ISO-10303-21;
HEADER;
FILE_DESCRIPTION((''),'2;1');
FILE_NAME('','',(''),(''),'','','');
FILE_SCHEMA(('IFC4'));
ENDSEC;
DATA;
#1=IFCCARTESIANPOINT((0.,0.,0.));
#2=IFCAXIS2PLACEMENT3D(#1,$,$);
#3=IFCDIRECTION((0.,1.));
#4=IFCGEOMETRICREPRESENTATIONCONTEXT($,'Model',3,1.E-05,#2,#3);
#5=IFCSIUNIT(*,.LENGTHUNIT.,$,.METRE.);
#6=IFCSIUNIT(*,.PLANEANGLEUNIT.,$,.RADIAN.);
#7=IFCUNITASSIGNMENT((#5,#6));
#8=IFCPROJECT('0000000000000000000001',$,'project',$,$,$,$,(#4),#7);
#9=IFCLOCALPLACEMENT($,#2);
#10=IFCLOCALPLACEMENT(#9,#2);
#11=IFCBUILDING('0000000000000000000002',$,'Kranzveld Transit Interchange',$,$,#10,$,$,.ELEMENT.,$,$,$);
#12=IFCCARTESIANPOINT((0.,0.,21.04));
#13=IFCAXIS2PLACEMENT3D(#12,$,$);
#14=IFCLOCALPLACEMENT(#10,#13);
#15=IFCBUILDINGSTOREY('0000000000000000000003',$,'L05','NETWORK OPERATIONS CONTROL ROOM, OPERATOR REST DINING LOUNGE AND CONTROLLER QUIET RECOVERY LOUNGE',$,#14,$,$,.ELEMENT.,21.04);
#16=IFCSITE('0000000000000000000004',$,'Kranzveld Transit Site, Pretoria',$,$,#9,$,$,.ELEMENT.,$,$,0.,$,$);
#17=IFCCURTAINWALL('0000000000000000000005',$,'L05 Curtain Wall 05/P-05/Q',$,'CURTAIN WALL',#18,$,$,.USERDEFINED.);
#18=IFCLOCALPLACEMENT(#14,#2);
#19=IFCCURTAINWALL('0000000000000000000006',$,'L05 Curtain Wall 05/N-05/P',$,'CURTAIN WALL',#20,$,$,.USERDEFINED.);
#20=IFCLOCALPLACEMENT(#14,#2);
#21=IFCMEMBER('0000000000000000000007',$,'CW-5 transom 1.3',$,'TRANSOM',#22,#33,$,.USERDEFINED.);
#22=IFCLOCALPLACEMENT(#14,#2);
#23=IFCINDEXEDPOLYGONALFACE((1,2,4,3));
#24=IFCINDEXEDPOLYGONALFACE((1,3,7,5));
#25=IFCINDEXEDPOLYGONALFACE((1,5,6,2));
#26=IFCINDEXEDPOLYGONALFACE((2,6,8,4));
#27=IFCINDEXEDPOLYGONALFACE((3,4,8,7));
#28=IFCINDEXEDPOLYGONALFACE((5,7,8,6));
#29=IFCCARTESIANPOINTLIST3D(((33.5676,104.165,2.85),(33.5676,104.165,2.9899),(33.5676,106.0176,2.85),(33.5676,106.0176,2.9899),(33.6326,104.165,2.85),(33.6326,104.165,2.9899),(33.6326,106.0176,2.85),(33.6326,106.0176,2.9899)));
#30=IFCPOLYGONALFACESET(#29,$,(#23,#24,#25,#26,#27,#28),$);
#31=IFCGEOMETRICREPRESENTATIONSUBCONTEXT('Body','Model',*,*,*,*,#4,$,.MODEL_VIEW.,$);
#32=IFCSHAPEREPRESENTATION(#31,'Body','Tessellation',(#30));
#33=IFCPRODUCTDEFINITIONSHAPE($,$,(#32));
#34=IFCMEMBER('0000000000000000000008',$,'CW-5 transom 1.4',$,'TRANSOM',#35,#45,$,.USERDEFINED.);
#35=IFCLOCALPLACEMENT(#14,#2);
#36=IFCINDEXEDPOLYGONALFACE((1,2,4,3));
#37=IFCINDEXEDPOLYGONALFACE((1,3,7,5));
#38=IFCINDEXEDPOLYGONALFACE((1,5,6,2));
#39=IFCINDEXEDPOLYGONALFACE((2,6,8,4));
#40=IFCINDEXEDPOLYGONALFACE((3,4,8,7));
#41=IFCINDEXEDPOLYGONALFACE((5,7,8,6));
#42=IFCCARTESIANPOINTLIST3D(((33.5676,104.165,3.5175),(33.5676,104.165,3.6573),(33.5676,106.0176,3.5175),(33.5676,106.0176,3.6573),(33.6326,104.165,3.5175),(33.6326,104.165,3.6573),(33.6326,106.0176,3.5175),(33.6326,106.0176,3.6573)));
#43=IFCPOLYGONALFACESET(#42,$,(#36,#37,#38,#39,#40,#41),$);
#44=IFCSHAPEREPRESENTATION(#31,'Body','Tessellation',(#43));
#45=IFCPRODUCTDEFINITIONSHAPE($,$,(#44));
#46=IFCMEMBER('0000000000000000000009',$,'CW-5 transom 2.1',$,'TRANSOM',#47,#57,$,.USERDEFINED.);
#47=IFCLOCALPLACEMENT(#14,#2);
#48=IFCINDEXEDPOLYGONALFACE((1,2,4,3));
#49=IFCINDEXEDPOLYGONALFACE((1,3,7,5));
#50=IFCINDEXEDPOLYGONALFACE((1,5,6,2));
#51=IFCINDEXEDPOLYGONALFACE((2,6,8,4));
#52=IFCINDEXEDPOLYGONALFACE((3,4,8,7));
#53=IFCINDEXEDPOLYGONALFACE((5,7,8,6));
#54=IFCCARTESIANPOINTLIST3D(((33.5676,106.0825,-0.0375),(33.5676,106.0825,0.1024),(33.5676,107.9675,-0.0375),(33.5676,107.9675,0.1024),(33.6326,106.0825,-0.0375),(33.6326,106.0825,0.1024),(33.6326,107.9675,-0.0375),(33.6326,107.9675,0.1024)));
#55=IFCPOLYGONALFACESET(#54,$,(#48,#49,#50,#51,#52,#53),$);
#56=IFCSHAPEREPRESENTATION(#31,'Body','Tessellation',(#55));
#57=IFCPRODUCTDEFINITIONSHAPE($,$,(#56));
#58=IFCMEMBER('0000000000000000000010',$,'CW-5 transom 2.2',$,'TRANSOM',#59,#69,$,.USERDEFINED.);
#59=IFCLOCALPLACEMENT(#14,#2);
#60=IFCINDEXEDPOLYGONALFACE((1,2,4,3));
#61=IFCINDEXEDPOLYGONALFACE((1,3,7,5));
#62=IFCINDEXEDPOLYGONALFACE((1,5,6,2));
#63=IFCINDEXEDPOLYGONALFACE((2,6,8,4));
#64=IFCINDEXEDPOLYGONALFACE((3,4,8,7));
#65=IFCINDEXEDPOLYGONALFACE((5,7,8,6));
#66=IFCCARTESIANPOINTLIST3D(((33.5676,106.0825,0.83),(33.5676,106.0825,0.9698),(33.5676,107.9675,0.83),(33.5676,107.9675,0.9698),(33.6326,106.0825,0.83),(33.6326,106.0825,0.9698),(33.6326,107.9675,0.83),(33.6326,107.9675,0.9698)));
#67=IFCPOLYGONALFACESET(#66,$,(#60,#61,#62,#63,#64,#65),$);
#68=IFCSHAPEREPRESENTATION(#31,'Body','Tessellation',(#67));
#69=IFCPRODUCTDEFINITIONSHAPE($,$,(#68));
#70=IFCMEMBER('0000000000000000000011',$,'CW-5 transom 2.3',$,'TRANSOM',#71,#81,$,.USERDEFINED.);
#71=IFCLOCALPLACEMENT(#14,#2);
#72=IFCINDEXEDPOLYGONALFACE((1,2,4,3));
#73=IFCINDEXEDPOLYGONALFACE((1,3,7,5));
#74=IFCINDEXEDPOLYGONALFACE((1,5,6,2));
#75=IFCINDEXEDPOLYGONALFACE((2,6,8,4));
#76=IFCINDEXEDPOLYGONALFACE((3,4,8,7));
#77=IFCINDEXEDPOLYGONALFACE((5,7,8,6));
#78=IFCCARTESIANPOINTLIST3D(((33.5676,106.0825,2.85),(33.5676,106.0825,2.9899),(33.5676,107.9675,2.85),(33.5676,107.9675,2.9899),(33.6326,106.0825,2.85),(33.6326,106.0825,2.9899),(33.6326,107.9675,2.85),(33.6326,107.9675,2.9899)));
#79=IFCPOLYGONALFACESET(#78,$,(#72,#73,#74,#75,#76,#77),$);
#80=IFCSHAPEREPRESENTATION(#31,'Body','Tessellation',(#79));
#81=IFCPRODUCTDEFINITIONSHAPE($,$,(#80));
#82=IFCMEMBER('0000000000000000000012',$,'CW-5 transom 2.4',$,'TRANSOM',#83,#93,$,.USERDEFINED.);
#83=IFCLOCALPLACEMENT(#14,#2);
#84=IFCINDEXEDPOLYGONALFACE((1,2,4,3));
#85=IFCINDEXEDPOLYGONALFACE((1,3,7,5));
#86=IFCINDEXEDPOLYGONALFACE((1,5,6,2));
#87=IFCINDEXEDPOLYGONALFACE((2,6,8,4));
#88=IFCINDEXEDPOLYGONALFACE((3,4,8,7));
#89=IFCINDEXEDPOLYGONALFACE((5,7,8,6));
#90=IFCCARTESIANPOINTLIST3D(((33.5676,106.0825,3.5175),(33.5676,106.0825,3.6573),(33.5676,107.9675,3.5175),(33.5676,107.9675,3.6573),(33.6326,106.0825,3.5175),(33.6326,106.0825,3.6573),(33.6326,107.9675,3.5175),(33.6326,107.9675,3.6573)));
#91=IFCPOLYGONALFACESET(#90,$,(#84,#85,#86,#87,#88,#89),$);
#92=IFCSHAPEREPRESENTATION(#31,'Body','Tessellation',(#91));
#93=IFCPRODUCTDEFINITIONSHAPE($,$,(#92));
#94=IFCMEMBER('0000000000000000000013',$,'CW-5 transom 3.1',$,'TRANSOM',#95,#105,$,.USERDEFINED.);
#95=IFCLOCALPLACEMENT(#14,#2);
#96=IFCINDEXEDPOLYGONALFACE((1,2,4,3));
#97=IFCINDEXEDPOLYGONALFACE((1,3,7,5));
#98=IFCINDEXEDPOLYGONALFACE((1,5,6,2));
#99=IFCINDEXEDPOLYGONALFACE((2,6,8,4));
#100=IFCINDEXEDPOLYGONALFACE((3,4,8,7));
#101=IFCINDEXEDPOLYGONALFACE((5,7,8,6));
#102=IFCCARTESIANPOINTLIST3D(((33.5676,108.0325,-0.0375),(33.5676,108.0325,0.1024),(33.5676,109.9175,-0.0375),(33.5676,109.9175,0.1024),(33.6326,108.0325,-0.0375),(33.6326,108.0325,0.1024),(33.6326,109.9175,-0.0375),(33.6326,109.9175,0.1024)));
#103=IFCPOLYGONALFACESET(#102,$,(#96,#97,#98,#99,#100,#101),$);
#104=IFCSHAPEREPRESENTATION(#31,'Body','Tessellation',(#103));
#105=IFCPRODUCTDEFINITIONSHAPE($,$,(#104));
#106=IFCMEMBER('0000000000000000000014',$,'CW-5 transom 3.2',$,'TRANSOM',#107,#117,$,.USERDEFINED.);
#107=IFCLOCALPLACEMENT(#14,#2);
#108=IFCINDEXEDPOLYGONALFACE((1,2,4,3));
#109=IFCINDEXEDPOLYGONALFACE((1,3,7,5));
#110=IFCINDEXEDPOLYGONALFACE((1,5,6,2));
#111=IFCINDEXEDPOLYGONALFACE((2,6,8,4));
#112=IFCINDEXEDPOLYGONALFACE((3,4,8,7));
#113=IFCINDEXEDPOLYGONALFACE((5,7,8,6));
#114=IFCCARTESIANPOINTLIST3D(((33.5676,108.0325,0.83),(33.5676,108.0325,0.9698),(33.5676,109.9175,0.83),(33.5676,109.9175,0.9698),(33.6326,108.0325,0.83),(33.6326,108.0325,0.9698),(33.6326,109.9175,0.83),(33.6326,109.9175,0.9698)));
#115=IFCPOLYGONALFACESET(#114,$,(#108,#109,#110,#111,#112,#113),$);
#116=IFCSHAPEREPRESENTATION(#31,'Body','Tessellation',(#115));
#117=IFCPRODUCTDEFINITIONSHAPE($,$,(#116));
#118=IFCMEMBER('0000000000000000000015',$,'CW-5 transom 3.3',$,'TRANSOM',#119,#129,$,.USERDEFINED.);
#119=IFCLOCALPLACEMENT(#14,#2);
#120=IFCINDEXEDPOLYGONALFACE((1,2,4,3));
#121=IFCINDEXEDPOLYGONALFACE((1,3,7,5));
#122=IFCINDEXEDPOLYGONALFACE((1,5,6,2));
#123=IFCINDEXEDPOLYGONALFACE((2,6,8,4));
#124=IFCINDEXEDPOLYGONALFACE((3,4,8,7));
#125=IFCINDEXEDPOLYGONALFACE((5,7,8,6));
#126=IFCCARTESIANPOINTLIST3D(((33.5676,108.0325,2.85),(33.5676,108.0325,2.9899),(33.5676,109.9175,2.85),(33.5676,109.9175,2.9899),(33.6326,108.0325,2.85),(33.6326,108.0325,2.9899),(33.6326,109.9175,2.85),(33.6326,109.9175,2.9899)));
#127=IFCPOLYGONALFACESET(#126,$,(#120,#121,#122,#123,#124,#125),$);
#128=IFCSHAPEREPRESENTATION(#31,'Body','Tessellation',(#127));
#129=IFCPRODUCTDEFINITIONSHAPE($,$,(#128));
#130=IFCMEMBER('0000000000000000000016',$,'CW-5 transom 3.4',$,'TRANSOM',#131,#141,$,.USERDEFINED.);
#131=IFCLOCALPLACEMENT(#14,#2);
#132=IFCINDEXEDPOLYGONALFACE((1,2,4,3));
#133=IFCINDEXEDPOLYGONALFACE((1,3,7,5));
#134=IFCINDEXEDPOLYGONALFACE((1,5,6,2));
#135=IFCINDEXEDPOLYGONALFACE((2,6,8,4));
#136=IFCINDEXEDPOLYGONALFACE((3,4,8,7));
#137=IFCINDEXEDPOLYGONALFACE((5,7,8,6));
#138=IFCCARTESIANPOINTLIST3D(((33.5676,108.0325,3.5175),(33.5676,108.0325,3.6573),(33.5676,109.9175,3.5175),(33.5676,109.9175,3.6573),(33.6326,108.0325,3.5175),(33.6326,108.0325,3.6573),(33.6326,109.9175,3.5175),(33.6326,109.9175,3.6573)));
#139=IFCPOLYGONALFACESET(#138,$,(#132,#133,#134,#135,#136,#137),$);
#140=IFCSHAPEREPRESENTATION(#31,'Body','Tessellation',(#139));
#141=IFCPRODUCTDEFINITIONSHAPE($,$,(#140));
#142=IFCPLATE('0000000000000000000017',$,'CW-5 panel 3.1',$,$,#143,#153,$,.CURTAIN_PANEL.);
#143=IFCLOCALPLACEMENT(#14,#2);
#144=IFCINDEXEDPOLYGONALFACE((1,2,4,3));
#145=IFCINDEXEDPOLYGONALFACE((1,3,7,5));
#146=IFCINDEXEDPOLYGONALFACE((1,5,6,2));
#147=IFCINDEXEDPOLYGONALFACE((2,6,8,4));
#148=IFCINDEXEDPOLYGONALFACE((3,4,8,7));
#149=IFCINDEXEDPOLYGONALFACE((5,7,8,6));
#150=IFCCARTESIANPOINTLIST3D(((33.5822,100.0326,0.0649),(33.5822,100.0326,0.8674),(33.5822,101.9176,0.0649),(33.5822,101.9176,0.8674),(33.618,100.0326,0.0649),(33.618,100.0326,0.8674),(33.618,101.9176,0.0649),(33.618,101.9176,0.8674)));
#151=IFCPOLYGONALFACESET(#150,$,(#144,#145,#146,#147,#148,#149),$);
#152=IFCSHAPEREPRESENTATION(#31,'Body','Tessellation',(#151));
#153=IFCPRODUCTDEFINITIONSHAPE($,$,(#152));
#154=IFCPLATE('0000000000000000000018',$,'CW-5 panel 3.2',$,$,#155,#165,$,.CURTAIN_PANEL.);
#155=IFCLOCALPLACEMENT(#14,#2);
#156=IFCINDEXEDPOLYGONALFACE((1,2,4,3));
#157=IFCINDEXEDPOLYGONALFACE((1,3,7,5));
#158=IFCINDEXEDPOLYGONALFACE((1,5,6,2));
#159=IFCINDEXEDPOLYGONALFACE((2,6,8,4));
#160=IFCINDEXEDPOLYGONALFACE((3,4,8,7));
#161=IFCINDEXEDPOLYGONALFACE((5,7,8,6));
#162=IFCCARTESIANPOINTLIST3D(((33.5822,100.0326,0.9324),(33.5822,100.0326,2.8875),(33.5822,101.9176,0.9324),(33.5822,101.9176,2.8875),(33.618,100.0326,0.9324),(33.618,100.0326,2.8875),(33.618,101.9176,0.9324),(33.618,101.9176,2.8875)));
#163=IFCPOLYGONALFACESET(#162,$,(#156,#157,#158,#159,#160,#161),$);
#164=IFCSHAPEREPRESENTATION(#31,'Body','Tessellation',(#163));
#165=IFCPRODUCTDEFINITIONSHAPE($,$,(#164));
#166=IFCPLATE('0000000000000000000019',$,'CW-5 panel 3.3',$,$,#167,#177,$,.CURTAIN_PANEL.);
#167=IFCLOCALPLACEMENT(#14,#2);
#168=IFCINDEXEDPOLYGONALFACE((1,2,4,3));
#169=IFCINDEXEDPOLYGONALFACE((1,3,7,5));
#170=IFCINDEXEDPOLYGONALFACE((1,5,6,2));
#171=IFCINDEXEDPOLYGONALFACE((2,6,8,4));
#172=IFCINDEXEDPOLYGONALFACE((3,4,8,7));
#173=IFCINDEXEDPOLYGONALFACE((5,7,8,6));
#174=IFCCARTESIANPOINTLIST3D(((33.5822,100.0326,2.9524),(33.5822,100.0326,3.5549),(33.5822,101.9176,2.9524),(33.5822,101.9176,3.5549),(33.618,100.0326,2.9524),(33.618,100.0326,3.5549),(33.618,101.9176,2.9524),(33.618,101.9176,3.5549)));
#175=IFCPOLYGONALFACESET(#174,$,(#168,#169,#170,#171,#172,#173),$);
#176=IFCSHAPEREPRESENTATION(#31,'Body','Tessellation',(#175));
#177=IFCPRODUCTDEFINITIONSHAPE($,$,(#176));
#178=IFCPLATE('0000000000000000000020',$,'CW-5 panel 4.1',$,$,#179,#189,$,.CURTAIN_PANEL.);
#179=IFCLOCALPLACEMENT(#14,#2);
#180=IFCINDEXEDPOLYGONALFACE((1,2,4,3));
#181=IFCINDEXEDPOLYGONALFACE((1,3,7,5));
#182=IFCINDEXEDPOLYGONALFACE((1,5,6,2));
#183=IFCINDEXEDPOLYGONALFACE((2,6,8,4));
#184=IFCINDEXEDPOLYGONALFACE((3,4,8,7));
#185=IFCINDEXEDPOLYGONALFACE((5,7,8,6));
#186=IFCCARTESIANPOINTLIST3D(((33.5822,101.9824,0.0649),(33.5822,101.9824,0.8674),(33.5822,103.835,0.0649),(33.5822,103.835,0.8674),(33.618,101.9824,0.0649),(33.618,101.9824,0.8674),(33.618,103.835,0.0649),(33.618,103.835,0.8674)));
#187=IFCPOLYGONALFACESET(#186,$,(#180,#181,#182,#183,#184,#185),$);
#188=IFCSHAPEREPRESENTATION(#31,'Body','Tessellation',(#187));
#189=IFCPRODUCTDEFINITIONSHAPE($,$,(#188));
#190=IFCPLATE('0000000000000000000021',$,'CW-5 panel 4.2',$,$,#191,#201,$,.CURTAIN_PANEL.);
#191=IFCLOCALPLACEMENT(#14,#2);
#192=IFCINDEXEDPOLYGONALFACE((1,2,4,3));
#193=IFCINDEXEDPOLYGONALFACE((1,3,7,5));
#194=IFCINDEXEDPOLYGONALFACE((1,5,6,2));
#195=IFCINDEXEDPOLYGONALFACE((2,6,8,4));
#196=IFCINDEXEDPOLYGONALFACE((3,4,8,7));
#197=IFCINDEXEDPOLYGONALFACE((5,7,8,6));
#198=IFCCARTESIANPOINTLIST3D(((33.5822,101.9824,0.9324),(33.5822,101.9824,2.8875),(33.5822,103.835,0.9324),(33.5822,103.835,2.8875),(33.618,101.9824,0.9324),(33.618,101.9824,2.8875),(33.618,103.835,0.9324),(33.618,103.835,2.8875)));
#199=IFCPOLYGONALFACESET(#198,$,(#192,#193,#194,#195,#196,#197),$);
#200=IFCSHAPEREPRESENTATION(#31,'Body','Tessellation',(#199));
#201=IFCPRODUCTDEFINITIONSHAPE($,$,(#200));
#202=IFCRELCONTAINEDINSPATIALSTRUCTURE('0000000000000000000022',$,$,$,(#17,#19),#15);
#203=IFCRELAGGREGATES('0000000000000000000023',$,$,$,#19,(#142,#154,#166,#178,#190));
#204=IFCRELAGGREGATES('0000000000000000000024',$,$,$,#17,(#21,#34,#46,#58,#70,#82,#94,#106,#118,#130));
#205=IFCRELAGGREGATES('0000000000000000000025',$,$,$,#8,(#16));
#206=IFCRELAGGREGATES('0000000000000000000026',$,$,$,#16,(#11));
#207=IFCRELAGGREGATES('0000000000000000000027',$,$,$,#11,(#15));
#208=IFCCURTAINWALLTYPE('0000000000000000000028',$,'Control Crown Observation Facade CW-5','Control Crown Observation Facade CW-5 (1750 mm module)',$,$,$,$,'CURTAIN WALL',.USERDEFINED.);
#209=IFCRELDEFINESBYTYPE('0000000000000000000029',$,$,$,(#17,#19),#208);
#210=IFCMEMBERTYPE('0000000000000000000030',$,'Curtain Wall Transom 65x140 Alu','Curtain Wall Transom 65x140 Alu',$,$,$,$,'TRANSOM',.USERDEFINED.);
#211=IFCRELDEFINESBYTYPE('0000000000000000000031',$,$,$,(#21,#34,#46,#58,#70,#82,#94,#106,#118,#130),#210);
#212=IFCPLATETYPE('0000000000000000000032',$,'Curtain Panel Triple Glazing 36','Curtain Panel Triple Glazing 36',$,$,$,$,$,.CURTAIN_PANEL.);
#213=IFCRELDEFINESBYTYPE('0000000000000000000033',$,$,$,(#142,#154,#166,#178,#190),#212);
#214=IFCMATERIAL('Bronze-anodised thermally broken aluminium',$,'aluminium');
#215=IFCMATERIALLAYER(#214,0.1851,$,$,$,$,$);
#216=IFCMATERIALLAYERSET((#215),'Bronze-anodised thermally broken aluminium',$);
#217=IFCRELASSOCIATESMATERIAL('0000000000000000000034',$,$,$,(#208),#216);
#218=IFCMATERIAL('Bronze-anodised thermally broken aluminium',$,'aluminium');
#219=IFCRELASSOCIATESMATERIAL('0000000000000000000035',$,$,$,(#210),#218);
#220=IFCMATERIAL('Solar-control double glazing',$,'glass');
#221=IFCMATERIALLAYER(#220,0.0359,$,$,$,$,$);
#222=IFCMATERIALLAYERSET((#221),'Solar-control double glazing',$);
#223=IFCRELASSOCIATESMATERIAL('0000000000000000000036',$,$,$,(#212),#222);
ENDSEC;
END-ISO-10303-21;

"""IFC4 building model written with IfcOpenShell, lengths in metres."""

from ifc_helpers import new_model, si_unit, direction, frame, origin, origin_2d, place, context, subcontext, project, spatial, rectangle, extrude, material, layer, layer_set, material_profile, profile_set, type_object, element, aggregate, save


model = new_model("IFC4")

# Units and contexts
model_context = context("Model", 3, precision=1e-05, world=origin(), true_north=direction((0.0, 1.0)))
body_context = subcontext(model_context, "Body", "Model", "MODEL_VIEW")
ifc_project = project(units=[si_unit("LENGTHUNIT", "METRE"), si_unit("PLANEANGLEUNIT", "RADIAN")], contexts=[model_context])

# Site, building, storey
site_placement = place(None, origin())
site = spatial("IfcSite", under=ifc_project, at=site_placement, Name="Kranzveld Transit Site, Pretoria", CompositionType="ELEMENT", RefElevation=0.0)
building_placement = place(site_placement, origin())
building = spatial("IfcBuilding", under=site, at=building_placement, Name="Kranzveld Transit Interchange", CompositionType="ELEMENT")
storey_placement = place(building_placement, frame((0.0, 0.0, 21.04)))
storey = spatial("IfcBuildingStorey", under=building, at=storey_placement, Name="L05", Description="NETWORK OPERATIONS CONTROL ROOM, OPERATOR REST DINING LOUNGE AND CONTROLLER QUIET RECOVERY LOUNGE", CompositionType="ELEMENT", Elevation=21.04)

# Curtain walls
ifc_material_1 = material(Name="Bronze-anodised thermally broken aluminium", Category="aluminium")
ifc_layer_1 = layer(ifc_material_1, 0.1851)
ifc_layer_set_1 = layer_set([ifc_layer_1], Name="Bronze-anodised thermally broken aluminium")
curtain_wall_type = type_object("IfcCurtainWallType", Name="Control Crown Observation Facade CW-5", Description="Control Crown Observation Facade CW-5 (1750 mm module)", ElementType="CURTAIN WALL", PredefinedType="USERDEFINED", material=ifc_layer_set_1)
curtain_wall_1_placement = place(storey_placement, origin())
curtain_wall_1 = element("IfcCurtainWall", 1, at=curtain_wall_1_placement, inside=storey, type_object=curtain_wall_type, Name="L05 Curtain Wall 05/P-05/Q", ObjectType="CURTAIN WALL", PredefinedType="USERDEFINED")
curtain_wall_2_placement = place(storey_placement, origin())
curtain_wall_2 = element("IfcCurtainWall", 2, at=curtain_wall_2_placement, inside=storey, type_object=curtain_wall_type, Name="L05 Curtain Wall 05/N-05/P", ObjectType="CURTAIN WALL", PredefinedType="USERDEFINED")
ifc_material_2 = material(Name="Bronze-anodised thermally broken aluminium", Category="aluminium")
ifc_material_profile_1 = material_profile(ifc_material_2, rectangle(XDim=0.0649, YDim=0.1399, at=origin_2d()), Name="ALU TRANSOM 65x140")
ifc_profile_set_1 = profile_set([ifc_material_profile_1], Name="Bronze-anodised thermally broken aluminium")
member_type_1 = type_object("IfcMemberType", Name="Curtain Wall Transom 65x140 Alu", Description="Curtain Wall Transom 65x140 Alu", ElementType="TRANSOM", PredefinedType="USERDEFINED", material=ifc_profile_set_1)

# Members
member_1_placement = place(storey_placement, frame((33.6001, 104.165, 2.9199), z_axis=(0.0, 1.0, 0.0), x_axis=(-1.0, 0.0, 0.0)))
member_1 = element("IfcMember", 3, at=member_1_placement, type_object=member_type_1, Name="CW-5 transom 1.3", ObjectType="TRANSOM", PredefinedType="USERDEFINED", context=body_context, shape_type="SweptSolid", body=[
    extrude(rectangle(XDim=0.0649, YDim=0.1399, at=origin_2d()), origin(), (0.0, 0.0, 1.0), 1.8525),
])
member_2_placement = place(storey_placement, frame((33.6001, 104.165, 3.5874), z_axis=(0.0, 1.0, 0.0), x_axis=(-1.0, 0.0, 0.0)))
member_2 = element("IfcMember", 4, at=member_2_placement, type_object=member_type_1, Name="CW-5 transom 1.4", ObjectType="TRANSOM", PredefinedType="USERDEFINED", context=body_context, shape_type="SweptSolid", body=[
    extrude(rectangle(XDim=0.0649, YDim=0.1399, at=origin_2d()), origin(), (0.0, 0.0, 1.0), 1.8525),
])
member_3_placement = place(storey_placement, frame((33.6001, 106.0825, 0.0325), z_axis=(0.0, 1.0, 0.0), x_axis=(-1.0, 0.0, 0.0)))
member_3 = element("IfcMember", 5, at=member_3_placement, type_object=member_type_1, Name="CW-5 transom 2.1", ObjectType="TRANSOM", PredefinedType="USERDEFINED", context=body_context, shape_type="SweptSolid", body=[
    extrude(rectangle(XDim=0.0649, YDim=0.1399, at=origin_2d()), origin(), (0.0, 0.0, 1.0), 1.885),
])
member_4_placement = place(storey_placement, frame((33.6001, 106.0825, 0.8999), z_axis=(0.0, 1.0, 0.0), x_axis=(-1.0, 0.0, 0.0)))
member_4 = element("IfcMember", 6, at=member_4_placement, type_object=member_type_1, Name="CW-5 transom 2.2", ObjectType="TRANSOM", PredefinedType="USERDEFINED", context=body_context, shape_type="SweptSolid", body=[
    extrude(rectangle(XDim=0.0649, YDim=0.1399, at=origin_2d()), origin(), (0.0, 0.0, 1.0), 1.885),
])
member_5_placement = place(storey_placement, frame((33.6001, 106.0825, 2.9199), z_axis=(0.0, 1.0, 0.0), x_axis=(-1.0, 0.0, 0.0)))
member_5 = element("IfcMember", 7, at=member_5_placement, type_object=member_type_1, Name="CW-5 transom 2.3", ObjectType="TRANSOM", PredefinedType="USERDEFINED", context=body_context, shape_type="SweptSolid", body=[
    extrude(rectangle(XDim=0.0649, YDim=0.1399, at=origin_2d()), origin(), (0.0, 0.0, 1.0), 1.885),
])
member_6_placement = place(storey_placement, frame((33.6001, 106.0825, 3.5874), z_axis=(0.0, 1.0, 0.0), x_axis=(-1.0, 0.0, 0.0)))
member_6 = element("IfcMember", 8, at=member_6_placement, type_object=member_type_1, Name="CW-5 transom 2.4", ObjectType="TRANSOM", PredefinedType="USERDEFINED", context=body_context, shape_type="SweptSolid", body=[
    extrude(rectangle(XDim=0.0649, YDim=0.1399, at=origin_2d()), origin(), (0.0, 0.0, 1.0), 1.885),
])
member_7_placement = place(storey_placement, frame((33.6001, 108.0325, 0.0325), z_axis=(0.0, 1.0, 0.0), x_axis=(-1.0, 0.0, 0.0)))
member_7 = element("IfcMember", 9, at=member_7_placement, type_object=member_type_1, Name="CW-5 transom 3.1", ObjectType="TRANSOM", PredefinedType="USERDEFINED", context=body_context, shape_type="SweptSolid", body=[
    extrude(rectangle(XDim=0.0649, YDim=0.1399, at=origin_2d()), origin(), (0.0, 0.0, 1.0), 1.885),
])
member_8_placement = place(storey_placement, frame((33.6001, 108.0325, 0.8999), z_axis=(0.0, 1.0, 0.0), x_axis=(-1.0, 0.0, 0.0)))
member_8 = element("IfcMember", 10, at=member_8_placement, type_object=member_type_1, Name="CW-5 transom 3.2", ObjectType="TRANSOM", PredefinedType="USERDEFINED", context=body_context, shape_type="SweptSolid", body=[
    extrude(rectangle(XDim=0.0649, YDim=0.1399, at=origin_2d()), origin(), (0.0, 0.0, 1.0), 1.885),
])
member_9_placement = place(storey_placement, frame((33.6001, 108.0325, 2.9199), z_axis=(0.0, 1.0, 0.0), x_axis=(-1.0, 0.0, 0.0)))
member_9 = element("IfcMember", 11, at=member_9_placement, type_object=member_type_1, Name="CW-5 transom 3.3", ObjectType="TRANSOM", PredefinedType="USERDEFINED", context=body_context, shape_type="SweptSolid", body=[
    extrude(rectangle(XDim=0.0649, YDim=0.1399, at=origin_2d()), origin(), (0.0, 0.0, 1.0), 1.885),
])
member_10_placement = place(storey_placement, frame((33.6001, 108.0325, 3.5874), z_axis=(0.0, 1.0, 0.0), x_axis=(-1.0, 0.0, 0.0)))
member_10 = element("IfcMember", 12, at=member_10_placement, type_object=member_type_1, Name="CW-5 transom 3.4", ObjectType="TRANSOM", PredefinedType="USERDEFINED", context=body_context, shape_type="SweptSolid", body=[
    extrude(rectangle(XDim=0.0649, YDim=0.1399, at=origin_2d()), origin(), (0.0, 0.0, 1.0), 1.885),
])

# Plates
ifc_material_3 = material(Name="Solar-control double glazing", Category="glass")
ifc_layer_2 = layer(ifc_material_3, 0.0359)
ifc_layer_set_2 = layer_set([ifc_layer_2], Name="Solar-control double glazing")
plate_type = type_object("IfcPlateType", Name="Curtain Panel Triple Glazing 36", Description="Curtain Panel Triple Glazing 36", PredefinedType="CURTAIN_PANEL", material=ifc_layer_set_2)
plate_1_placement = place(storey_placement, frame((33.6001, 100.9751, 0.0649), z_axis=(0.0, 0.0, 1.0), x_axis=(0.0, 1.0, 0.0)))
plate_1 = element("IfcPlate", 13, at=plate_1_placement, type_object=plate_type, Name="CW-5 panel 3.1", PredefinedType="CURTAIN_PANEL", context=body_context, shape_type="SweptSolid", body=[
    extrude(rectangle(XDim=1.885, YDim=0.0359, at=origin_2d()), origin(), (0.0, 0.0, 1.0), 0.8025),
])
plate_2_placement = place(storey_placement, frame((33.6001, 100.9751, 0.9324), z_axis=(0.0, 0.0, 1.0), x_axis=(0.0, 1.0, 0.0)))
plate_2 = element("IfcPlate", 14, at=plate_2_placement, type_object=plate_type, Name="CW-5 panel 3.2", PredefinedType="CURTAIN_PANEL", context=body_context, shape_type="SweptSolid", body=[
    extrude(rectangle(XDim=1.885, YDim=0.0359, at=origin_2d()), origin(), (0.0, 0.0, 1.0), 1.9551),
])
plate_3_placement = place(storey_placement, frame((33.6001, 100.9751, 2.9524), z_axis=(0.0, 0.0, 1.0), x_axis=(0.0, 1.0, 0.0)))
plate_3 = element("IfcPlate", 15, at=plate_3_placement, type_object=plate_type, Name="CW-5 panel 3.3", PredefinedType="CURTAIN_PANEL", context=body_context, shape_type="SweptSolid", body=[
    extrude(rectangle(XDim=1.885, YDim=0.0359, at=origin_2d()), origin(), (0.0, 0.0, 1.0), 0.6025),
])
plate_4_placement = place(storey_placement, frame((33.6001, 102.9087, 0.0649), z_axis=(0.0, 0.0, 1.0), x_axis=(0.0, 1.0, 0.0)))
plate_4 = element("IfcPlate", 16, at=plate_4_placement, type_object=plate_type, Name="CW-5 panel 4.1", PredefinedType="CURTAIN_PANEL", context=body_context, shape_type="SweptSolid", body=[
    extrude(rectangle(XDim=1.8525, YDim=0.0359, at=origin_2d()), origin(), (0.0, 0.0, 1.0), 0.8025),
])
plate_5_placement = place(storey_placement, frame((33.6001, 102.9087, 0.9324), z_axis=(0.0, 0.0, 1.0), x_axis=(0.0, 1.0, 0.0)))
plate_5 = element("IfcPlate", 17, at=plate_5_placement, type_object=plate_type, Name="CW-5 panel 4.2", PredefinedType="CURTAIN_PANEL", context=body_context, shape_type="SweptSolid", body=[
    extrude(rectangle(XDim=1.8525, YDim=0.0359, at=origin_2d()), origin(), (0.0, 0.0, 1.0), 1.9551),
])
aggregate(curtain_wall_2, [plate_1, plate_2, plate_3, plate_4, plate_5])
aggregate(curtain_wall_1, [member_1, member_2, member_3, member_4, member_5, member_6, member_7, member_8, member_9, member_10])

save(model, "model.ifc")
